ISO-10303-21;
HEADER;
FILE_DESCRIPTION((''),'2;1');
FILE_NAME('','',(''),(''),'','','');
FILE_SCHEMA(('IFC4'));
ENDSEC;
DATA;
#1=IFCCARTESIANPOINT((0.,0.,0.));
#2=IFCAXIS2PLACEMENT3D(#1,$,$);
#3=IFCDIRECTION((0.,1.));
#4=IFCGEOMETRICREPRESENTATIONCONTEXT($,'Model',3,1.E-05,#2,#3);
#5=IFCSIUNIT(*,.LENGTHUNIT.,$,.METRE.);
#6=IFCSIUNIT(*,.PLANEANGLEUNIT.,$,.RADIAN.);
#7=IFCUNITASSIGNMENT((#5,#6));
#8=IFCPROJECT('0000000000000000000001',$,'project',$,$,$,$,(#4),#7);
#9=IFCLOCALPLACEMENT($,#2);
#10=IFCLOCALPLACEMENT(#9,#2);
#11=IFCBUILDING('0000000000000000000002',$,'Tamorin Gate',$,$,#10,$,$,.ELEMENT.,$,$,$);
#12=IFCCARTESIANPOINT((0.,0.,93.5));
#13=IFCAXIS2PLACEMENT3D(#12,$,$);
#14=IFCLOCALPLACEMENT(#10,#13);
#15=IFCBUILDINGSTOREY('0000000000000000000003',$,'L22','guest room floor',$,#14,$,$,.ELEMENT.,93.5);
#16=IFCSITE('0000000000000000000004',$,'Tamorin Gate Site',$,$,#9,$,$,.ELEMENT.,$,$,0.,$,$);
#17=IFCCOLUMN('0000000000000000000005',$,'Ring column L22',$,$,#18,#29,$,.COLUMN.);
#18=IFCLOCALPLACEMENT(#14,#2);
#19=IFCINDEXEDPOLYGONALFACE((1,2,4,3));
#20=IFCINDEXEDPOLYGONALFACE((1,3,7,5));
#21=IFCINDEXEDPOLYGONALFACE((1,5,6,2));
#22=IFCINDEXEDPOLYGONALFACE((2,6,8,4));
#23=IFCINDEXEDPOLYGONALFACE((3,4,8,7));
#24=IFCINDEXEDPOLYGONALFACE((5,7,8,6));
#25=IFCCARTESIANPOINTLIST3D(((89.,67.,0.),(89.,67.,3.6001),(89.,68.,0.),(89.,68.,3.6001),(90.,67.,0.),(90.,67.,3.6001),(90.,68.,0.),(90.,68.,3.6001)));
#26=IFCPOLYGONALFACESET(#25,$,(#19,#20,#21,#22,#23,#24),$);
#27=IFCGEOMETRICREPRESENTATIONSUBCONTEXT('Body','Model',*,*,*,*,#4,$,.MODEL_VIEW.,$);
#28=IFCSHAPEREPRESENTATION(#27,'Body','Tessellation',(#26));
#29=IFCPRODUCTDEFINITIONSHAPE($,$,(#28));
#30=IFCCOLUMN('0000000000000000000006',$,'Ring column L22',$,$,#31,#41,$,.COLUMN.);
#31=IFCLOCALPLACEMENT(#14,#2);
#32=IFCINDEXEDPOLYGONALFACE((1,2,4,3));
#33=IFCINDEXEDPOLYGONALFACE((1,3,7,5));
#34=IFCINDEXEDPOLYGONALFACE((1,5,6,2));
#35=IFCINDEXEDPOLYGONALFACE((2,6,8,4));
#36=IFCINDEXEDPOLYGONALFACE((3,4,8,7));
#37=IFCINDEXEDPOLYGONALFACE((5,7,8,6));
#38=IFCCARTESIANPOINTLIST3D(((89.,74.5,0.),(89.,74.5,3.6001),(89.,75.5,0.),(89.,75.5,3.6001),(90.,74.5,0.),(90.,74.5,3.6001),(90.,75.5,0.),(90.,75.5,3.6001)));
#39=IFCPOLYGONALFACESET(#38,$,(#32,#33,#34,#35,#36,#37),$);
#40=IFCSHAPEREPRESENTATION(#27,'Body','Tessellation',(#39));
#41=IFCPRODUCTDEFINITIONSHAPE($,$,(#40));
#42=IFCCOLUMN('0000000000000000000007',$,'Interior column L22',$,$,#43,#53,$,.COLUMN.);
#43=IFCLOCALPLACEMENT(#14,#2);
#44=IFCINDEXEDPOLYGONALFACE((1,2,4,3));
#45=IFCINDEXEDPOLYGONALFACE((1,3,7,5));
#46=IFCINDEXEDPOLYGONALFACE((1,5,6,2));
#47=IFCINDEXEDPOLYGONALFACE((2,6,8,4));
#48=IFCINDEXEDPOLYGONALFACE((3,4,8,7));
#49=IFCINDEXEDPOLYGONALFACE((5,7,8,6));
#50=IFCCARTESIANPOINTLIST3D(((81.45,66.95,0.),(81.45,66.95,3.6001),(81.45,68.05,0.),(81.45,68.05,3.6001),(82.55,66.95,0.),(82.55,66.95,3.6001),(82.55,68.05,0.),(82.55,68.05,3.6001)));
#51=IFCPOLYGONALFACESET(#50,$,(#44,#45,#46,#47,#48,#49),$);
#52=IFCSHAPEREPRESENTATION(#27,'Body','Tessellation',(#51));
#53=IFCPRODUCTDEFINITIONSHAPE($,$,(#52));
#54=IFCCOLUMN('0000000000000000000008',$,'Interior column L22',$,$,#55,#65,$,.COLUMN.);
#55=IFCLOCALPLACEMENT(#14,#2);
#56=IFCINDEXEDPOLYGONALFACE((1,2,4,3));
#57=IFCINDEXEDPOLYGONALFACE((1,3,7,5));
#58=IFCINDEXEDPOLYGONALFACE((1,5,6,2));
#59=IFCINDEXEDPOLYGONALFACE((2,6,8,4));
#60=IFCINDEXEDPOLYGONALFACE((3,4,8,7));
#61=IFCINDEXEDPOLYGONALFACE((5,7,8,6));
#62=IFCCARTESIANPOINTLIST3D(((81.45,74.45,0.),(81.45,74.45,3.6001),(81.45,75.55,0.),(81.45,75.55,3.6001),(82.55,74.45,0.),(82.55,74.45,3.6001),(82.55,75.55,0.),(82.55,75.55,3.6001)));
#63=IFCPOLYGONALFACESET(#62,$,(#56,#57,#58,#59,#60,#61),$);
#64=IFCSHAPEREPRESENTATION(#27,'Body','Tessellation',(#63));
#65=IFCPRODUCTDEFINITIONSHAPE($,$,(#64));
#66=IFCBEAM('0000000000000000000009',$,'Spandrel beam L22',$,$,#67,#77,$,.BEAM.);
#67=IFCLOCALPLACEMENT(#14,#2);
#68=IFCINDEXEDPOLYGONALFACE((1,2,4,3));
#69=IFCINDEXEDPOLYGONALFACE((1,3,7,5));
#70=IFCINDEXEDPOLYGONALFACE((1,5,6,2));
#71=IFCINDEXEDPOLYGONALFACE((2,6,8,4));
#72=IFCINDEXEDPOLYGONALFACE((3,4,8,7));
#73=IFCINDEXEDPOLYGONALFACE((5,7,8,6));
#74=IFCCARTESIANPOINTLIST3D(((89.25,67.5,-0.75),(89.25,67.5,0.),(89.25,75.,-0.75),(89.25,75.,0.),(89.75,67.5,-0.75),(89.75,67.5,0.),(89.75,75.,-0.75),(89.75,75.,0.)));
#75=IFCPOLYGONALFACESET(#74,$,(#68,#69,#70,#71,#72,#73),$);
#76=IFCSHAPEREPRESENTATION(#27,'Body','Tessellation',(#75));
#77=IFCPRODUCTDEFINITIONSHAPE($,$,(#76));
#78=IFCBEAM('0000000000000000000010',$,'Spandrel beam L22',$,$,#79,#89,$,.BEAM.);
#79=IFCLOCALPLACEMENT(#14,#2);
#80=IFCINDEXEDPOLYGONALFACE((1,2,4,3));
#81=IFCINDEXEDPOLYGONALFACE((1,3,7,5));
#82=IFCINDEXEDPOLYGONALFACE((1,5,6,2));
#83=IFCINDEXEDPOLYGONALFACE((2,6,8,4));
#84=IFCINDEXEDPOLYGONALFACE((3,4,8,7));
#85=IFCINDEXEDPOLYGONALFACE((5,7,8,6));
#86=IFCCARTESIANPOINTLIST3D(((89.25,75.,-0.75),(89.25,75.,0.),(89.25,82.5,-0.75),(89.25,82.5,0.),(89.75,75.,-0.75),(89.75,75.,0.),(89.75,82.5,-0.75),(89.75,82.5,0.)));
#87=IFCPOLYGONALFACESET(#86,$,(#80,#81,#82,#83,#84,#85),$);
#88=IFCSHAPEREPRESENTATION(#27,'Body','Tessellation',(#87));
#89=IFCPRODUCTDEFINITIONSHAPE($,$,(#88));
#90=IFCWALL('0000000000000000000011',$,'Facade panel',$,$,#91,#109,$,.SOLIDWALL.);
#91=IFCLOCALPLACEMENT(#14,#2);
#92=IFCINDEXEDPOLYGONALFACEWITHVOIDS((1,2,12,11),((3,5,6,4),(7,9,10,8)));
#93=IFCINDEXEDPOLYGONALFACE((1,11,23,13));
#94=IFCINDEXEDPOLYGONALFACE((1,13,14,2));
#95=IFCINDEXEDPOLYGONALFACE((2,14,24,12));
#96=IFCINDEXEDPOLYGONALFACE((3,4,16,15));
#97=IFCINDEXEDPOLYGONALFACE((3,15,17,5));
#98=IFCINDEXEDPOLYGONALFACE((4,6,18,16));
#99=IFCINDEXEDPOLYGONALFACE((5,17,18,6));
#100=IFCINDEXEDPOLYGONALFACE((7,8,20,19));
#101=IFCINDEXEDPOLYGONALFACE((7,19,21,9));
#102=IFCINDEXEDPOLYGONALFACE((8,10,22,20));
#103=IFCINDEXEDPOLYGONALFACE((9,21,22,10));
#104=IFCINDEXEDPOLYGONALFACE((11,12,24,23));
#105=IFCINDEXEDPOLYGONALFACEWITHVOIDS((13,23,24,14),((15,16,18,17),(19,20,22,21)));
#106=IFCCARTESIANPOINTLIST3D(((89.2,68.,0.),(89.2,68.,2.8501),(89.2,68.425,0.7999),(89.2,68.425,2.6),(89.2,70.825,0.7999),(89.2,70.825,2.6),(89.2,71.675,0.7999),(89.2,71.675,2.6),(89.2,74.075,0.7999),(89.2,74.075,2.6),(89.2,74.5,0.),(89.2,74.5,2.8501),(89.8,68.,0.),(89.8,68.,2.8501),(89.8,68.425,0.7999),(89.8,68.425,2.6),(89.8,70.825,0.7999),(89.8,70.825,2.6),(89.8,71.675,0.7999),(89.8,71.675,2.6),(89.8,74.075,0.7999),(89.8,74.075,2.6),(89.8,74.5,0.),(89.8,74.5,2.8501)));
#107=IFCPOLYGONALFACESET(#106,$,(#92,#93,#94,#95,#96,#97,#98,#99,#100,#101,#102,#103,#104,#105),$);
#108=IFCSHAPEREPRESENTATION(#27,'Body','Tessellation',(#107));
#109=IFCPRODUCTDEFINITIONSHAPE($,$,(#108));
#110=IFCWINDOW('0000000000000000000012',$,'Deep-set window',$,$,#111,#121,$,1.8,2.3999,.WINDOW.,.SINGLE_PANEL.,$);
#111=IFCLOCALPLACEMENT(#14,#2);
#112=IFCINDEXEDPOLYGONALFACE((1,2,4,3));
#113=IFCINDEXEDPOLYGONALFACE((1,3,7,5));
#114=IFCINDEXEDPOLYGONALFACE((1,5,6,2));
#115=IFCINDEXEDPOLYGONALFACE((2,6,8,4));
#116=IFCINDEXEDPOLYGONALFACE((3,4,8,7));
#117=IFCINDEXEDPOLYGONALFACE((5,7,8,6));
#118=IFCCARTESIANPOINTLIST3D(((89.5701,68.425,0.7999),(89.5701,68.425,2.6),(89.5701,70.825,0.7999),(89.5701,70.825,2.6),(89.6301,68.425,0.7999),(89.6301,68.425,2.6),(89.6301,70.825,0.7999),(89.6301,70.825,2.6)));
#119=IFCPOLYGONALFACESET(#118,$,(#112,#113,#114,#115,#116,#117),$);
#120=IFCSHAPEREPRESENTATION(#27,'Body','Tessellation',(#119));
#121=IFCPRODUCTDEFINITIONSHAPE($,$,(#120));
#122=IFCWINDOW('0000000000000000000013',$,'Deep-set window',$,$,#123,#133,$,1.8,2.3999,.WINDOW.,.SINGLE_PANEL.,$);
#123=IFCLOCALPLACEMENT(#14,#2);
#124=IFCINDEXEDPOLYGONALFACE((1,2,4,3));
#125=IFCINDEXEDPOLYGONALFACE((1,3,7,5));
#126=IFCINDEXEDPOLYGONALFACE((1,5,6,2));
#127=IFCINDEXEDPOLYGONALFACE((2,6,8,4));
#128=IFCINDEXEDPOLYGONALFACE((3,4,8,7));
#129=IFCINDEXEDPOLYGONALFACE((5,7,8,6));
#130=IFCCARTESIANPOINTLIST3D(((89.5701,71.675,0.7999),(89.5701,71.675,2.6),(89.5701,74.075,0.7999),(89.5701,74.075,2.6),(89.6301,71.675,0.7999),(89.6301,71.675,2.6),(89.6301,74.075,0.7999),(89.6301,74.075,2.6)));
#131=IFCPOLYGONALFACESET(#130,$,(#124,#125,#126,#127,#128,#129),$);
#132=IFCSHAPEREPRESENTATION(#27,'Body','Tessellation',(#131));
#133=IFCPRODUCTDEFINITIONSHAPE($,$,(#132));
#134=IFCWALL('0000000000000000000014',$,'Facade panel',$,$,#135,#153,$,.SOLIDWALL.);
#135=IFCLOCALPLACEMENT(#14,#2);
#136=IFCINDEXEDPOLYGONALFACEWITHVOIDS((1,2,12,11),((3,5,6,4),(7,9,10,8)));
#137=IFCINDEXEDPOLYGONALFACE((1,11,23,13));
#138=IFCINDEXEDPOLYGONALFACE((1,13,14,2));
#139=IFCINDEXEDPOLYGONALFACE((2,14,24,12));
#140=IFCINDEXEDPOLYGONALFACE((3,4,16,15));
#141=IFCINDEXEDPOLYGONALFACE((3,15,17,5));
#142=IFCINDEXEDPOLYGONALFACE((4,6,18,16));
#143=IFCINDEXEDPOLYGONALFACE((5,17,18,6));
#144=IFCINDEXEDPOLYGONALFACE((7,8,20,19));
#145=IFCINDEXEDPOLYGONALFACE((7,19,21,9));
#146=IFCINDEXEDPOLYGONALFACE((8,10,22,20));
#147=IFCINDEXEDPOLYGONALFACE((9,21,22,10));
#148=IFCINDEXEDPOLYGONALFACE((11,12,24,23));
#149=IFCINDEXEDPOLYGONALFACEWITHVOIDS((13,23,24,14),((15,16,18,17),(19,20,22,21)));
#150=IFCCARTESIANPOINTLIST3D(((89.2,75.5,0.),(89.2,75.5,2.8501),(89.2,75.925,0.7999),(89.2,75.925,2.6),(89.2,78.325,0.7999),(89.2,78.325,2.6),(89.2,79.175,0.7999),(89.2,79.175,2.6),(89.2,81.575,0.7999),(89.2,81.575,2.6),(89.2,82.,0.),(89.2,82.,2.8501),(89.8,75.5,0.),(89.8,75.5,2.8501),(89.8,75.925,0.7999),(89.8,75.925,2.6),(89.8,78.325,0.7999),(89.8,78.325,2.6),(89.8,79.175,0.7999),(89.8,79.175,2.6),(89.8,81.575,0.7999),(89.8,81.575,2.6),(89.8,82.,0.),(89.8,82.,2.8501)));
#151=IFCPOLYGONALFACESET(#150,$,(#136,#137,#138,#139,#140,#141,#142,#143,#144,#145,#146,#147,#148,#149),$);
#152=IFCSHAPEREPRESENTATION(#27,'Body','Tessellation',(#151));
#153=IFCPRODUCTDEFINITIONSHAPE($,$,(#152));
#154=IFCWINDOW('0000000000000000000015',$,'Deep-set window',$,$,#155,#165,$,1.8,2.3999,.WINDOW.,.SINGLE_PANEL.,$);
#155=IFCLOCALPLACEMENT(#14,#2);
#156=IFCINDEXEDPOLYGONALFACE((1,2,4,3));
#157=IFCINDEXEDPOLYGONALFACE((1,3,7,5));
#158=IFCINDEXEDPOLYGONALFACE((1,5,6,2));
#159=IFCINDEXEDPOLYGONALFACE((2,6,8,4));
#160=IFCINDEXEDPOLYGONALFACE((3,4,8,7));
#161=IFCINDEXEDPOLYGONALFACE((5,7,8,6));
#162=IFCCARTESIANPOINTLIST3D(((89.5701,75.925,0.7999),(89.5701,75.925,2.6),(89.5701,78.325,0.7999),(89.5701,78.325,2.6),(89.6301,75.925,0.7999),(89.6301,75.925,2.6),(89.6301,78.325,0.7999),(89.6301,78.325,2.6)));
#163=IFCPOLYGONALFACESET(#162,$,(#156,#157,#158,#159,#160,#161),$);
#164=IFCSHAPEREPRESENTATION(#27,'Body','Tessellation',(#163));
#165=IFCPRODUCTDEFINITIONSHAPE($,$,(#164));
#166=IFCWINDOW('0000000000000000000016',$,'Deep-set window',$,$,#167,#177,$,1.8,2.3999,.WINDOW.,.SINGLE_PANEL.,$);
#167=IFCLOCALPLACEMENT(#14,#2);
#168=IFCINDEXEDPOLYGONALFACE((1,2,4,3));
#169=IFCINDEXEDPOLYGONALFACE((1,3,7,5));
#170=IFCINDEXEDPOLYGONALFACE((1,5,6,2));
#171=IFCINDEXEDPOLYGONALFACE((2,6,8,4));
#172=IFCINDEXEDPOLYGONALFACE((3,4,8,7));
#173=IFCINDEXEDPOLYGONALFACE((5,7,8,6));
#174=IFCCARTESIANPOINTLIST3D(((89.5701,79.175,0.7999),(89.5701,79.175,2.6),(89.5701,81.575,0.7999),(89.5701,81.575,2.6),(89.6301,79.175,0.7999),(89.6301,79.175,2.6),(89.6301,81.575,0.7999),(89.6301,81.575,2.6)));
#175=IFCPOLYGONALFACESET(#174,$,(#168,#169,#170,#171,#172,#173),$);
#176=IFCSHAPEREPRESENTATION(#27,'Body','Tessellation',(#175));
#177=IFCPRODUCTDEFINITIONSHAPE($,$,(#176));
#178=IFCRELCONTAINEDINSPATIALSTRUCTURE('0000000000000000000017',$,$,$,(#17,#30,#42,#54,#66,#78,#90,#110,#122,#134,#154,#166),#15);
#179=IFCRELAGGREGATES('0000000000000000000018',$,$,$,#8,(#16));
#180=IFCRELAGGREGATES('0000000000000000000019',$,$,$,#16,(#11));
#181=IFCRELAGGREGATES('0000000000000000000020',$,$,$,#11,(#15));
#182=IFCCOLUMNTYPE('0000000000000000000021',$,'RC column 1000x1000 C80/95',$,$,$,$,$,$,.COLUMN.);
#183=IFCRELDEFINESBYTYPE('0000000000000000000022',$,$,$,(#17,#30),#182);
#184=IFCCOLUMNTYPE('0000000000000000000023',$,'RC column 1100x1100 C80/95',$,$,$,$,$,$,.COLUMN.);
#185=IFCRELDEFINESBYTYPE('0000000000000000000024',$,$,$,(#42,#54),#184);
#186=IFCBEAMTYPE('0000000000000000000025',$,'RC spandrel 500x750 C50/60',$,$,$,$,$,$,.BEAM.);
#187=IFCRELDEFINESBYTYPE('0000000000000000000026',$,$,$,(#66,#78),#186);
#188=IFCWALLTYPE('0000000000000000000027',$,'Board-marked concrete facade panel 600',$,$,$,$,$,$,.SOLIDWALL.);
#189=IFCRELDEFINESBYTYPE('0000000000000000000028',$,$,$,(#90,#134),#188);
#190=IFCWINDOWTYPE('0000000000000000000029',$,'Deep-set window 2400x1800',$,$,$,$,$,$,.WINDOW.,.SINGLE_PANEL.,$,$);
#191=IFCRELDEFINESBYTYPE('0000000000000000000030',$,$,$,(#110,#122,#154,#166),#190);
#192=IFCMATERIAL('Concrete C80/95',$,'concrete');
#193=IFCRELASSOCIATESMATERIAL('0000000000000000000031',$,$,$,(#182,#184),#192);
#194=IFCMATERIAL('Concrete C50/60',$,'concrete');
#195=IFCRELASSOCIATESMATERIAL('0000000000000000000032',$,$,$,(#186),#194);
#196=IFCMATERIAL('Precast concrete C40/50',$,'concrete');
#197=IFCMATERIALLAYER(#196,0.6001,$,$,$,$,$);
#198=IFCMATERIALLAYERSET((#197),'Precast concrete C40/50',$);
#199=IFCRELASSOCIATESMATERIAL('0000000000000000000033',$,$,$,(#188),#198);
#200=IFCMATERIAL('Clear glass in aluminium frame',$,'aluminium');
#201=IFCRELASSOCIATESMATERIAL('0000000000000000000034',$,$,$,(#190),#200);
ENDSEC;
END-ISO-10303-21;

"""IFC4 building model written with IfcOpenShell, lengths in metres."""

from ifc_helpers import new_model, si_unit, direction, frame, frame_2d, origin, origin_2d, place, context, subcontext, project, spatial, rectangle, extrude, material, layer, layer_set, material_profile, profile_set, type_object, element, fill, save


model = new_model("IFC4")

# Units and contexts
model_context = context("Model", 3, precision=1e-05, world=origin(), true_north=direction((0.0, 1.0)))
body_context = subcontext(model_context, "Body", "Model", "MODEL_VIEW")
ifc_project = project(units=[si_unit("LENGTHUNIT", "METRE"), si_unit("PLANEANGLEUNIT", "RADIAN")], contexts=[model_context])

# Site, building, storey
site_placement = place(None, origin())
site = spatial("IfcSite", under=ifc_project, at=site_placement, Name="Tamorin Gate Site", CompositionType="ELEMENT", RefElevation=0.0)
building_placement = place(site_placement, origin())
building = spatial("IfcBuilding", under=site, at=building_placement, Name="Tamorin Gate", CompositionType="ELEMENT")
storey_placement = place(building_placement, frame((0.0, 0.0, 93.5)))
storey = spatial("IfcBuildingStorey", under=building, at=storey_placement, Name="L22", Description="guest room floor", CompositionType="ELEMENT", Elevation=93.5)

# Columns
ifc_material_1 = material(Name="Concrete C80/95", Category="concrete")
ifc_material_profile_1 = material_profile(ifc_material_1, rectangle(XDim=1.0, YDim=1.0, at=origin_2d()), Name="RC 1000x1000")
ifc_profile_set_1 = profile_set([ifc_material_profile_1], Name="Concrete C80/95")
column_type_1 = type_object("IfcColumnType", Name="RC column 1000x1000 C80/95", PredefinedType="COLUMN", material=ifc_profile_set_1)
for number, where, z_axis, x_axis, name in (
    (1, (89.5, 67.5, 0.0), (0.0, 0.0, 1.0), (1.0, 0.0, 0.0), "Ring column L22"),
    (2, (89.5, 75.0, 0.0), (0.0, 0.0, 1.0), (1.0, 0.0, 0.0), "Ring column L22"),
):
    element("IfcColumn", number, at=place(storey_placement, frame(where, z_axis=z_axis, x_axis=x_axis)), inside=storey, type_object=column_type_1, Name=name, PredefinedType="COLUMN", context=body_context, shape_type="SweptSolid", body=[
        extrude(rectangle(XDim=1.0, YDim=1.0, at=origin_2d()), origin(), (0.0, 0.0, 1.0), 3.6001),
    ])
ifc_material_profile_2 = material_profile(ifc_material_1, rectangle(XDim=1.1001, YDim=1.1001, at=origin_2d()), Name="RC 1100x1100")
ifc_profile_set_2 = profile_set([ifc_material_profile_2], Name="Concrete C80/95")
column_type_2 = type_object("IfcColumnType", Name="RC column 1100x1100 C80/95", PredefinedType="COLUMN", material=ifc_profile_set_2)
for number, where, z_axis, x_axis, name in (
    (3, (82.0, 67.5, 0.0), (0.0, 0.0, 1.0), (1.0, 0.0, 0.0), "Interior column L22"),
    (4, (82.0, 75.0, 0.0), (0.0, 0.0, 1.0), (1.0, 0.0, 0.0), "Interior column L22"),
):
    element("IfcColumn", number, at=place(storey_placement, frame(where, z_axis=z_axis, x_axis=x_axis)), inside=storey, type_object=column_type_2, Name=name, PredefinedType="COLUMN", context=body_context, shape_type="SweptSolid", body=[
        extrude(rectangle(XDim=1.1001, YDim=1.1001, at=origin_2d()), origin(), (0.0, 0.0, 1.0), 3.6001),
    ])

# Beams
ifc_material_2 = material(Name="Concrete C50/60", Category="concrete")
ifc_material_profile_3 = material_profile(ifc_material_2, rectangle(XDim=0.5, YDim=0.75, at=origin_2d()), Name="RC 500x750")
ifc_profile_set_3 = profile_set([ifc_material_profile_3], Name="Concrete C50/60")
beam_type = type_object("IfcBeamType", Name="RC spandrel 500x750 C50/60", PredefinedType="BEAM", material=ifc_profile_set_3)
for number, where, z_axis, x_axis, name in (
    (5, (89.5, 67.5, -0.375), (0.0, 1.0, 0.0), (-1.0, 0.0, 0.0), "Spandrel beam L22"),
    (6, (89.5, 75.0, -0.375), (0.0, 1.0, 0.0), (-1.0, 0.0, 0.0), "Spandrel beam L22"),
):
    element("IfcBeam", number, at=place(storey_placement, frame(where, z_axis=z_axis, x_axis=x_axis)), inside=storey, type_object=beam_type, Name=name, PredefinedType="BEAM", context=body_context, shape_type="SweptSolid", body=[
        extrude(rectangle(XDim=0.5, YDim=0.75, at=origin_2d()), origin(), (0.0, 0.0, 1.0), 7.5),
    ])

# Walls, openings, windows
ifc_material_3 = material(Name="Precast concrete C40/50", Category="concrete")
ifc_layer_1 = layer(ifc_material_3, 0.6001)
ifc_layer_set_1 = layer_set([ifc_layer_1], Name="Precast concrete C40/50")
wall_type_1 = type_object("IfcWallType", Name="Board-marked concrete facade panel 600", PredefinedType="SOLIDWALL", material=ifc_layer_set_1)
wall_1_placement = place(storey_placement, frame((89.5, 68.0, 0.0), z_axis=(0.0, 0.0, 1.0), x_axis=(0.0, 1.0, 0.0)))
wall_1 = element("IfcWall", 7, at=wall_1_placement, inside=storey, type_object=wall_type_1, Name="Facade panel", PredefinedType="SOLIDWALL", context=body_context, shape_type="SweptSolid", body=[
    extrude(rectangle(XDim=6.5, YDim=0.6001, at=frame_2d((3.25, 0.0))), origin(), (0.0, 0.0, 1.0), 2.8501),
])
opening_1_placement = place(wall_1_placement, frame((0.425, 0.0, 0.8)))
opening_1 = element("IfcOpeningElement", 8, at=opening_1_placement, cuts=wall_1, PredefinedType="OPENING", context=body_context, shape_type="SweptSolid", body=[
    extrude(rectangle(XDim=2.3999, YDim=1.8, at=frame_2d((1.2, 0.8999))), frame((0.0, 0.3101, 0.0), z_axis=(0.0, -1.0, 0.0), x_axis=(1.0, 0.0, 0.0)), (0.0, 0.0, 1.0), 0.6201),
])
opening_2_placement = place(wall_1_placement, frame((3.675, 0.0, 0.8)))
opening_2 = element("IfcOpeningElement", 9, at=opening_2_placement, cuts=wall_1, PredefinedType="OPENING", context=body_context, shape_type="SweptSolid", body=[
    extrude(rectangle(XDim=2.3999, YDim=1.8, at=frame_2d((1.2, 0.8999))), frame((0.0, 0.3101, 0.0), z_axis=(0.0, -1.0, 0.0), x_axis=(1.0, 0.0, 0.0)), (0.0, 0.0, 1.0), 0.6201),
])
ifc_material_4 = material(Name="Clear glass in aluminium frame", Category="aluminium")
window_type = type_object("IfcWindowType", Name="Deep-set window 2400x1800", PartitioningType="SINGLE_PANEL", PredefinedType="WINDOW", material=ifc_material_4)
window_1_placement = place(opening_1_placement, origin())
window_1 = element("IfcWindow", 10, at=window_1_placement, inside=storey, type_object=window_type, Name="Deep-set window", OverallHeight=1.8, OverallWidth=2.3999, PartitioningType="SINGLE_PANEL", PredefinedType="WINDOW", context=body_context, shape_type="SweptSolid", body=[
    extrude(rectangle(XDim=2.3999, YDim=1.8, at=frame_2d((1.2, 0.8999))), frame((0.0, -0.0701, 0.0), z_axis=(0.0, -1.0, 0.0), x_axis=(1.0, 0.0, 0.0)), (0.0, 0.0, 1.0), 0.0601),
])
fill(opening_1, window_1)
window_2_placement = place(opening_2_placement, origin())
window_2 = element("IfcWindow", 11, at=window_2_placement, inside=storey, type_object=window_type, Name="Deep-set window", OverallHeight=1.8, OverallWidth=2.3999, PartitioningType="SINGLE_PANEL", PredefinedType="WINDOW", context=body_context, shape_type="SweptSolid", body=[
    extrude(rectangle(XDim=2.3999, YDim=1.8, at=frame_2d((1.2, 0.8999))), frame((0.0, -0.0701, 0.0), z_axis=(0.0, -1.0, 0.0), x_axis=(1.0, 0.0, 0.0)), (0.0, 0.0, 1.0), 0.0601),
])
fill(opening_2, window_2)
wall_2_placement = place(storey_placement, frame((89.5, 75.5, 0.0), z_axis=(0.0, 0.0, 1.0), x_axis=(0.0, 1.0, 0.0)))
wall_2 = element("IfcWall", 12, at=wall_2_placement, inside=storey, type_object=wall_type_1, Name="Facade panel", PredefinedType="SOLIDWALL", context=body_context, shape_type="SweptSolid", body=[
    extrude(rectangle(XDim=6.5, YDim=0.6001, at=frame_2d((3.25, 0.0))), origin(), (0.0, 0.0, 1.0), 2.8501),
])
opening_3_placement = place(wall_2_placement, frame((0.425, 0.0, 0.8)))
opening_3 = element("IfcOpeningElement", 13, at=opening_3_placement, cuts=wall_2, PredefinedType="OPENING", context=body_context, shape_type="SweptSolid", body=[
    extrude(rectangle(XDim=2.3999, YDim=1.8, at=frame_2d((1.2, 0.8999))), frame((0.0, 0.3101, 0.0), z_axis=(0.0, -1.0, 0.0), x_axis=(1.0, 0.0, 0.0)), (0.0, 0.0, 1.0), 0.6201),
])
opening_4_placement = place(wall_2_placement, frame((3.675, 0.0, 0.8)))
opening_4 = element("IfcOpeningElement", 14, at=opening_4_placement, cuts=wall_2, PredefinedType="OPENING", context=body_context, shape_type="SweptSolid", body=[
    extrude(rectangle(XDim=2.3999, YDim=1.8, at=frame_2d((1.2, 0.8999))), frame((0.0, 0.3101, 0.0), z_axis=(0.0, -1.0, 0.0), x_axis=(1.0, 0.0, 0.0)), (0.0, 0.0, 1.0), 0.6201),
])
window_3_placement = place(opening_3_placement, origin())
window_3 = element("IfcWindow", 15, at=window_3_placement, inside=storey, type_object=window_type, Name="Deep-set window", OverallHeight=1.8, OverallWidth=2.3999, PartitioningType="SINGLE_PANEL", PredefinedType="WINDOW", context=body_context, shape_type="SweptSolid", body=[
    extrude(rectangle(XDim=2.3999, YDim=1.8, at=frame_2d((1.2, 0.8999))), frame((0.0, -0.0701, 0.0), z_axis=(0.0, -1.0, 0.0), x_axis=(1.0, 0.0, 0.0)), (0.0, 0.0, 1.0), 0.0601),
])
fill(opening_3, window_3)
window_4_placement = place(opening_4_placement, origin())
window_4 = element("IfcWindow", 16, at=window_4_placement, inside=storey, type_object=window_type, Name="Deep-set window", OverallHeight=1.8, OverallWidth=2.3999, PartitioningType="SINGLE_PANEL", PredefinedType="WINDOW", context=body_context, shape_type="SweptSolid", body=[
    extrude(rectangle(XDim=2.3999, YDim=1.8, at=frame_2d((1.2, 0.8999))), frame((0.0, -0.0701, 0.0), z_axis=(0.0, -1.0, 0.0), x_axis=(1.0, 0.0, 0.0)), (0.0, 0.0, 1.0), 0.0601),
])
fill(opening_4, window_4)

save(model, "model.ifc")
